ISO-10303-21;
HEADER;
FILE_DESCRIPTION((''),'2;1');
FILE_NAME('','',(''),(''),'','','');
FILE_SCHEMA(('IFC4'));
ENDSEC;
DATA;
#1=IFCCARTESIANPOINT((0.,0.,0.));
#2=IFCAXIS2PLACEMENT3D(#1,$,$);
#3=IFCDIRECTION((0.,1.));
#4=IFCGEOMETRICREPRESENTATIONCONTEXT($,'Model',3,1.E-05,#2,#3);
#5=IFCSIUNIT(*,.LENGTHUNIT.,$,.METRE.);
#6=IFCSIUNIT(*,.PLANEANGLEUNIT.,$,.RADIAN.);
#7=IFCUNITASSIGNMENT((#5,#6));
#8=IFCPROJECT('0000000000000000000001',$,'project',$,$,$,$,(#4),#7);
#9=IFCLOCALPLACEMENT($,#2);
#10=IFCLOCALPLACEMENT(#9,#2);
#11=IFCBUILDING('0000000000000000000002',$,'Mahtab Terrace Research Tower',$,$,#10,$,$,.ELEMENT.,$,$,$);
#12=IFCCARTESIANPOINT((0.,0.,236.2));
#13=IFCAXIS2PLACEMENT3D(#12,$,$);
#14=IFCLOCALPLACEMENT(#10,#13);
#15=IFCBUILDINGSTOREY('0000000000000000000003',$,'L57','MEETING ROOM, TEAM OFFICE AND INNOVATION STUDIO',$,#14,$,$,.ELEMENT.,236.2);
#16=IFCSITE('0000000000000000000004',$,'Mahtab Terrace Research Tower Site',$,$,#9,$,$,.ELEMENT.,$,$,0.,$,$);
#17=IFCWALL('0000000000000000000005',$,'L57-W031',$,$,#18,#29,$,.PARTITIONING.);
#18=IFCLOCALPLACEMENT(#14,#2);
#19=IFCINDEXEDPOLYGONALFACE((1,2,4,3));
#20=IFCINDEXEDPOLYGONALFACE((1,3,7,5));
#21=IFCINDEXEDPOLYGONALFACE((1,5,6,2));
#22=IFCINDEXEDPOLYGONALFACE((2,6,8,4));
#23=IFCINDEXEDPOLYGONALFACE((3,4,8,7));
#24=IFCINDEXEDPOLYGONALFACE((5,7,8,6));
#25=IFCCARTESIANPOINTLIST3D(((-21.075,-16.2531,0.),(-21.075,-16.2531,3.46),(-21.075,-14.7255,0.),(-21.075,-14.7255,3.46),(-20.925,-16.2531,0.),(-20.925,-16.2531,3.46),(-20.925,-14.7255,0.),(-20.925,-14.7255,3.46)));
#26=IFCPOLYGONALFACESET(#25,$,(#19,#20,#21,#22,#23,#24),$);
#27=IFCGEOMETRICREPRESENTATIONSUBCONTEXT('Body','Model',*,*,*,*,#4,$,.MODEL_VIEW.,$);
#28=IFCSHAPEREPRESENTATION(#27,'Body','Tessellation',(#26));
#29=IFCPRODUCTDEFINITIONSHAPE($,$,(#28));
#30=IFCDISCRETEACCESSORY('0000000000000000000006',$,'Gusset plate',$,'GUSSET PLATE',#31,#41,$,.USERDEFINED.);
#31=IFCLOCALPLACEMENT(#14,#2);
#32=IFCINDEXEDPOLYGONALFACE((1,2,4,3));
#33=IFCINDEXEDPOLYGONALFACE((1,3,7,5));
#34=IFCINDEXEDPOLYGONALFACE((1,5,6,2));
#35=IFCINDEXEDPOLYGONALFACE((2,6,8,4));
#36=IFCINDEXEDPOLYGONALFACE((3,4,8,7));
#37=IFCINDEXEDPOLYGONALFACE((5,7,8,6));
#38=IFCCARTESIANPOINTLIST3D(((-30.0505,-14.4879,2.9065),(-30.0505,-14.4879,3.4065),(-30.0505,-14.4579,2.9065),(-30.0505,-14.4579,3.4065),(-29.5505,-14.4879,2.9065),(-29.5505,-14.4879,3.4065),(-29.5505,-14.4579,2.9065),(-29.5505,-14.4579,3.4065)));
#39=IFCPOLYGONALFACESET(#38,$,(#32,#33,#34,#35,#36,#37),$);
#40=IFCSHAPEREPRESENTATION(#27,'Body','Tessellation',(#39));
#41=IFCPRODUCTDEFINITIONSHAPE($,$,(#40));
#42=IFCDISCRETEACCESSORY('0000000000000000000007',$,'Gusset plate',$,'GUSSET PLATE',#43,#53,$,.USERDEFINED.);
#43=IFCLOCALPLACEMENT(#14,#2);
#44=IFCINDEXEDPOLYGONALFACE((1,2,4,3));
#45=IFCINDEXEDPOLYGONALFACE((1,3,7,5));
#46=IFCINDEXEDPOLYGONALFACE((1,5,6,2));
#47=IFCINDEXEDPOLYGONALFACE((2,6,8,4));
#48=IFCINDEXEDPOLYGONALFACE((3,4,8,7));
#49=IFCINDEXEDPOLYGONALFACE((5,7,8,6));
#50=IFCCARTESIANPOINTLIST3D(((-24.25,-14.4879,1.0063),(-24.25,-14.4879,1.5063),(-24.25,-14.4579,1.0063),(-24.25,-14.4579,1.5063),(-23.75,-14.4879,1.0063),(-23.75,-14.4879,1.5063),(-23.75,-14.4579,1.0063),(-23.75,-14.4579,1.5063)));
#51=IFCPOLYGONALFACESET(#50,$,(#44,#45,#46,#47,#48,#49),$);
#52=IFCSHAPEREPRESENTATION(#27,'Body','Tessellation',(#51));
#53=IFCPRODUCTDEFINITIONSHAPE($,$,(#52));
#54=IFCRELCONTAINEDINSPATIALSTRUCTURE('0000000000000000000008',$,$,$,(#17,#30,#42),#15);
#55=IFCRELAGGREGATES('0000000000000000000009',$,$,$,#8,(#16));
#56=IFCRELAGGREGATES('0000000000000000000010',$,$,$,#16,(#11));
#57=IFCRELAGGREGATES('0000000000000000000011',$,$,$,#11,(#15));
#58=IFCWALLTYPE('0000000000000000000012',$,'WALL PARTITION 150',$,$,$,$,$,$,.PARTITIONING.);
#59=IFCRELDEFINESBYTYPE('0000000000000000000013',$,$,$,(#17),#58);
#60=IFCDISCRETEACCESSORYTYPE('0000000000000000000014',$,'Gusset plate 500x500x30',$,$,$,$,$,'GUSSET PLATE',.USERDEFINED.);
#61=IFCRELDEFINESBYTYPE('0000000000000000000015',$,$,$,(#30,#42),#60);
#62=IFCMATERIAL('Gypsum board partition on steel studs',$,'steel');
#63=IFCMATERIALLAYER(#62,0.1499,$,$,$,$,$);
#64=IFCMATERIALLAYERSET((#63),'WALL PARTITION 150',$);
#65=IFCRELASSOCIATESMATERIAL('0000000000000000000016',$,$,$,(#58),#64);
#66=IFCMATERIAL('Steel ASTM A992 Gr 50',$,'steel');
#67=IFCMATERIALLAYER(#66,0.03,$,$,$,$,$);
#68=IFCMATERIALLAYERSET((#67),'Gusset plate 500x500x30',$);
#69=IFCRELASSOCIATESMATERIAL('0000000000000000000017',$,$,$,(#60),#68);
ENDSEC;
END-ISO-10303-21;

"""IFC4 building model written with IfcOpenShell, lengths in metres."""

from ifc_helpers import new_model, si_unit, direction, frame, frame_2d, origin, origin_2d, place, context, subcontext, project, spatial, rectangle, extrude, material, layer, layer_set, type_object, element, save


model = new_model("IFC4")

# Units and contexts
model_context = context("Model", 3, precision=1e-05, world=origin(), true_north=direction((0.0, 1.0)))
body_context = subcontext(model_context, "Body", "Model", "MODEL_VIEW")
ifc_project = project(units=[si_unit("LENGTHUNIT", "METRE"), si_unit("PLANEANGLEUNIT", "RADIAN")], contexts=[model_context])

# Site, building, storey
site_placement = place(None, origin())
site = spatial("IfcSite", under=ifc_project, at=site_placement, Name="Mahtab Terrace Research Tower Site", CompositionType="ELEMENT", RefElevation=0.0)
building_placement = place(site_placement, origin())
building = spatial("IfcBuilding", under=site, at=building_placement, Name="Mahtab Terrace Research Tower", CompositionType="ELEMENT")
storey_placement = place(building_placement, frame((0.0, 0.0, 236.2)))
storey = spatial("IfcBuildingStorey", under=building, at=storey_placement, Name="L57", Description="MEETING ROOM, TEAM OFFICE AND INNOVATION STUDIO", CompositionType="ELEMENT", Elevation=236.2)

# Shared definitions
ifc_material_1 = material(Name="Steel ASTM A992 Gr 50", Category="steel")

# Wall
ifc_material_2 = material(Name="Gypsum board partition on steel studs", Category="steel")
ifc_layer_1 = layer(ifc_material_2, 0.1499)
ifc_layer_set_1 = layer_set([ifc_layer_1], Name="WALL PARTITION 150")
wall_type = type_object("IfcWallType", Name="WALL PARTITION 150", PredefinedType="PARTITIONING", material=ifc_layer_set_1)
wall_1_placement = place(storey_placement, frame((-21.0, -16.2529, 0.0), z_axis=(0.0, 0.0, 1.0), x_axis=(0.0, 1.0, 0.0)))
element("IfcWall", 1, at=wall_1_placement, inside=storey, type_object=wall_type, Name="L57-W031", PredefinedType="PARTITIONING", context=body_context, shape_type="SweptSolid", body=[
    extrude(rectangle(XDim=1.5276, YDim=0.1499, at=frame_2d((0.7637, 0.0))), origin(), (0.0, 0.0, 1.0), 3.46),
])

# Discrete accessories
ifc_layer_2 = layer(ifc_material_1, 0.03)
ifc_layer_set_2 = layer_set([ifc_layer_2], Name="Gusset plate 500x500x30")
discrete_accessory_type = type_object("IfcDiscreteAccessoryType", Name="Gusset plate 500x500x30", ElementType="GUSSET PLATE", PredefinedType="USERDEFINED", material=ifc_layer_set_2)
for number, where, z_axis, x_axis, name in (
    (2, (-29.8005, -14.4729, 2.9065), (0.0, 0.0, 1.0), (1.0, 0.0, 0.0), "Gusset plate"),
    (3, (-24.0, -14.4729, 1.0063), (0.0, 0.0, 1.0), (1.0, 0.0, 0.0), "Gusset plate"),
):
    element("IfcDiscreteAccessory", number, at=place(storey_placement, frame(where, z_axis=z_axis, x_axis=x_axis)), inside=storey, type_object=discrete_accessory_type, Name=name, ObjectType="GUSSET PLATE", PredefinedType="USERDEFINED", context=body_context, shape_type="SweptSolid", body=[
        extrude(rectangle(XDim=0.5, YDim=0.03, at=origin_2d()), origin(), (0.0, 0.0, 1.0), 0.5),
    ])

save(model, "model.ifc")
